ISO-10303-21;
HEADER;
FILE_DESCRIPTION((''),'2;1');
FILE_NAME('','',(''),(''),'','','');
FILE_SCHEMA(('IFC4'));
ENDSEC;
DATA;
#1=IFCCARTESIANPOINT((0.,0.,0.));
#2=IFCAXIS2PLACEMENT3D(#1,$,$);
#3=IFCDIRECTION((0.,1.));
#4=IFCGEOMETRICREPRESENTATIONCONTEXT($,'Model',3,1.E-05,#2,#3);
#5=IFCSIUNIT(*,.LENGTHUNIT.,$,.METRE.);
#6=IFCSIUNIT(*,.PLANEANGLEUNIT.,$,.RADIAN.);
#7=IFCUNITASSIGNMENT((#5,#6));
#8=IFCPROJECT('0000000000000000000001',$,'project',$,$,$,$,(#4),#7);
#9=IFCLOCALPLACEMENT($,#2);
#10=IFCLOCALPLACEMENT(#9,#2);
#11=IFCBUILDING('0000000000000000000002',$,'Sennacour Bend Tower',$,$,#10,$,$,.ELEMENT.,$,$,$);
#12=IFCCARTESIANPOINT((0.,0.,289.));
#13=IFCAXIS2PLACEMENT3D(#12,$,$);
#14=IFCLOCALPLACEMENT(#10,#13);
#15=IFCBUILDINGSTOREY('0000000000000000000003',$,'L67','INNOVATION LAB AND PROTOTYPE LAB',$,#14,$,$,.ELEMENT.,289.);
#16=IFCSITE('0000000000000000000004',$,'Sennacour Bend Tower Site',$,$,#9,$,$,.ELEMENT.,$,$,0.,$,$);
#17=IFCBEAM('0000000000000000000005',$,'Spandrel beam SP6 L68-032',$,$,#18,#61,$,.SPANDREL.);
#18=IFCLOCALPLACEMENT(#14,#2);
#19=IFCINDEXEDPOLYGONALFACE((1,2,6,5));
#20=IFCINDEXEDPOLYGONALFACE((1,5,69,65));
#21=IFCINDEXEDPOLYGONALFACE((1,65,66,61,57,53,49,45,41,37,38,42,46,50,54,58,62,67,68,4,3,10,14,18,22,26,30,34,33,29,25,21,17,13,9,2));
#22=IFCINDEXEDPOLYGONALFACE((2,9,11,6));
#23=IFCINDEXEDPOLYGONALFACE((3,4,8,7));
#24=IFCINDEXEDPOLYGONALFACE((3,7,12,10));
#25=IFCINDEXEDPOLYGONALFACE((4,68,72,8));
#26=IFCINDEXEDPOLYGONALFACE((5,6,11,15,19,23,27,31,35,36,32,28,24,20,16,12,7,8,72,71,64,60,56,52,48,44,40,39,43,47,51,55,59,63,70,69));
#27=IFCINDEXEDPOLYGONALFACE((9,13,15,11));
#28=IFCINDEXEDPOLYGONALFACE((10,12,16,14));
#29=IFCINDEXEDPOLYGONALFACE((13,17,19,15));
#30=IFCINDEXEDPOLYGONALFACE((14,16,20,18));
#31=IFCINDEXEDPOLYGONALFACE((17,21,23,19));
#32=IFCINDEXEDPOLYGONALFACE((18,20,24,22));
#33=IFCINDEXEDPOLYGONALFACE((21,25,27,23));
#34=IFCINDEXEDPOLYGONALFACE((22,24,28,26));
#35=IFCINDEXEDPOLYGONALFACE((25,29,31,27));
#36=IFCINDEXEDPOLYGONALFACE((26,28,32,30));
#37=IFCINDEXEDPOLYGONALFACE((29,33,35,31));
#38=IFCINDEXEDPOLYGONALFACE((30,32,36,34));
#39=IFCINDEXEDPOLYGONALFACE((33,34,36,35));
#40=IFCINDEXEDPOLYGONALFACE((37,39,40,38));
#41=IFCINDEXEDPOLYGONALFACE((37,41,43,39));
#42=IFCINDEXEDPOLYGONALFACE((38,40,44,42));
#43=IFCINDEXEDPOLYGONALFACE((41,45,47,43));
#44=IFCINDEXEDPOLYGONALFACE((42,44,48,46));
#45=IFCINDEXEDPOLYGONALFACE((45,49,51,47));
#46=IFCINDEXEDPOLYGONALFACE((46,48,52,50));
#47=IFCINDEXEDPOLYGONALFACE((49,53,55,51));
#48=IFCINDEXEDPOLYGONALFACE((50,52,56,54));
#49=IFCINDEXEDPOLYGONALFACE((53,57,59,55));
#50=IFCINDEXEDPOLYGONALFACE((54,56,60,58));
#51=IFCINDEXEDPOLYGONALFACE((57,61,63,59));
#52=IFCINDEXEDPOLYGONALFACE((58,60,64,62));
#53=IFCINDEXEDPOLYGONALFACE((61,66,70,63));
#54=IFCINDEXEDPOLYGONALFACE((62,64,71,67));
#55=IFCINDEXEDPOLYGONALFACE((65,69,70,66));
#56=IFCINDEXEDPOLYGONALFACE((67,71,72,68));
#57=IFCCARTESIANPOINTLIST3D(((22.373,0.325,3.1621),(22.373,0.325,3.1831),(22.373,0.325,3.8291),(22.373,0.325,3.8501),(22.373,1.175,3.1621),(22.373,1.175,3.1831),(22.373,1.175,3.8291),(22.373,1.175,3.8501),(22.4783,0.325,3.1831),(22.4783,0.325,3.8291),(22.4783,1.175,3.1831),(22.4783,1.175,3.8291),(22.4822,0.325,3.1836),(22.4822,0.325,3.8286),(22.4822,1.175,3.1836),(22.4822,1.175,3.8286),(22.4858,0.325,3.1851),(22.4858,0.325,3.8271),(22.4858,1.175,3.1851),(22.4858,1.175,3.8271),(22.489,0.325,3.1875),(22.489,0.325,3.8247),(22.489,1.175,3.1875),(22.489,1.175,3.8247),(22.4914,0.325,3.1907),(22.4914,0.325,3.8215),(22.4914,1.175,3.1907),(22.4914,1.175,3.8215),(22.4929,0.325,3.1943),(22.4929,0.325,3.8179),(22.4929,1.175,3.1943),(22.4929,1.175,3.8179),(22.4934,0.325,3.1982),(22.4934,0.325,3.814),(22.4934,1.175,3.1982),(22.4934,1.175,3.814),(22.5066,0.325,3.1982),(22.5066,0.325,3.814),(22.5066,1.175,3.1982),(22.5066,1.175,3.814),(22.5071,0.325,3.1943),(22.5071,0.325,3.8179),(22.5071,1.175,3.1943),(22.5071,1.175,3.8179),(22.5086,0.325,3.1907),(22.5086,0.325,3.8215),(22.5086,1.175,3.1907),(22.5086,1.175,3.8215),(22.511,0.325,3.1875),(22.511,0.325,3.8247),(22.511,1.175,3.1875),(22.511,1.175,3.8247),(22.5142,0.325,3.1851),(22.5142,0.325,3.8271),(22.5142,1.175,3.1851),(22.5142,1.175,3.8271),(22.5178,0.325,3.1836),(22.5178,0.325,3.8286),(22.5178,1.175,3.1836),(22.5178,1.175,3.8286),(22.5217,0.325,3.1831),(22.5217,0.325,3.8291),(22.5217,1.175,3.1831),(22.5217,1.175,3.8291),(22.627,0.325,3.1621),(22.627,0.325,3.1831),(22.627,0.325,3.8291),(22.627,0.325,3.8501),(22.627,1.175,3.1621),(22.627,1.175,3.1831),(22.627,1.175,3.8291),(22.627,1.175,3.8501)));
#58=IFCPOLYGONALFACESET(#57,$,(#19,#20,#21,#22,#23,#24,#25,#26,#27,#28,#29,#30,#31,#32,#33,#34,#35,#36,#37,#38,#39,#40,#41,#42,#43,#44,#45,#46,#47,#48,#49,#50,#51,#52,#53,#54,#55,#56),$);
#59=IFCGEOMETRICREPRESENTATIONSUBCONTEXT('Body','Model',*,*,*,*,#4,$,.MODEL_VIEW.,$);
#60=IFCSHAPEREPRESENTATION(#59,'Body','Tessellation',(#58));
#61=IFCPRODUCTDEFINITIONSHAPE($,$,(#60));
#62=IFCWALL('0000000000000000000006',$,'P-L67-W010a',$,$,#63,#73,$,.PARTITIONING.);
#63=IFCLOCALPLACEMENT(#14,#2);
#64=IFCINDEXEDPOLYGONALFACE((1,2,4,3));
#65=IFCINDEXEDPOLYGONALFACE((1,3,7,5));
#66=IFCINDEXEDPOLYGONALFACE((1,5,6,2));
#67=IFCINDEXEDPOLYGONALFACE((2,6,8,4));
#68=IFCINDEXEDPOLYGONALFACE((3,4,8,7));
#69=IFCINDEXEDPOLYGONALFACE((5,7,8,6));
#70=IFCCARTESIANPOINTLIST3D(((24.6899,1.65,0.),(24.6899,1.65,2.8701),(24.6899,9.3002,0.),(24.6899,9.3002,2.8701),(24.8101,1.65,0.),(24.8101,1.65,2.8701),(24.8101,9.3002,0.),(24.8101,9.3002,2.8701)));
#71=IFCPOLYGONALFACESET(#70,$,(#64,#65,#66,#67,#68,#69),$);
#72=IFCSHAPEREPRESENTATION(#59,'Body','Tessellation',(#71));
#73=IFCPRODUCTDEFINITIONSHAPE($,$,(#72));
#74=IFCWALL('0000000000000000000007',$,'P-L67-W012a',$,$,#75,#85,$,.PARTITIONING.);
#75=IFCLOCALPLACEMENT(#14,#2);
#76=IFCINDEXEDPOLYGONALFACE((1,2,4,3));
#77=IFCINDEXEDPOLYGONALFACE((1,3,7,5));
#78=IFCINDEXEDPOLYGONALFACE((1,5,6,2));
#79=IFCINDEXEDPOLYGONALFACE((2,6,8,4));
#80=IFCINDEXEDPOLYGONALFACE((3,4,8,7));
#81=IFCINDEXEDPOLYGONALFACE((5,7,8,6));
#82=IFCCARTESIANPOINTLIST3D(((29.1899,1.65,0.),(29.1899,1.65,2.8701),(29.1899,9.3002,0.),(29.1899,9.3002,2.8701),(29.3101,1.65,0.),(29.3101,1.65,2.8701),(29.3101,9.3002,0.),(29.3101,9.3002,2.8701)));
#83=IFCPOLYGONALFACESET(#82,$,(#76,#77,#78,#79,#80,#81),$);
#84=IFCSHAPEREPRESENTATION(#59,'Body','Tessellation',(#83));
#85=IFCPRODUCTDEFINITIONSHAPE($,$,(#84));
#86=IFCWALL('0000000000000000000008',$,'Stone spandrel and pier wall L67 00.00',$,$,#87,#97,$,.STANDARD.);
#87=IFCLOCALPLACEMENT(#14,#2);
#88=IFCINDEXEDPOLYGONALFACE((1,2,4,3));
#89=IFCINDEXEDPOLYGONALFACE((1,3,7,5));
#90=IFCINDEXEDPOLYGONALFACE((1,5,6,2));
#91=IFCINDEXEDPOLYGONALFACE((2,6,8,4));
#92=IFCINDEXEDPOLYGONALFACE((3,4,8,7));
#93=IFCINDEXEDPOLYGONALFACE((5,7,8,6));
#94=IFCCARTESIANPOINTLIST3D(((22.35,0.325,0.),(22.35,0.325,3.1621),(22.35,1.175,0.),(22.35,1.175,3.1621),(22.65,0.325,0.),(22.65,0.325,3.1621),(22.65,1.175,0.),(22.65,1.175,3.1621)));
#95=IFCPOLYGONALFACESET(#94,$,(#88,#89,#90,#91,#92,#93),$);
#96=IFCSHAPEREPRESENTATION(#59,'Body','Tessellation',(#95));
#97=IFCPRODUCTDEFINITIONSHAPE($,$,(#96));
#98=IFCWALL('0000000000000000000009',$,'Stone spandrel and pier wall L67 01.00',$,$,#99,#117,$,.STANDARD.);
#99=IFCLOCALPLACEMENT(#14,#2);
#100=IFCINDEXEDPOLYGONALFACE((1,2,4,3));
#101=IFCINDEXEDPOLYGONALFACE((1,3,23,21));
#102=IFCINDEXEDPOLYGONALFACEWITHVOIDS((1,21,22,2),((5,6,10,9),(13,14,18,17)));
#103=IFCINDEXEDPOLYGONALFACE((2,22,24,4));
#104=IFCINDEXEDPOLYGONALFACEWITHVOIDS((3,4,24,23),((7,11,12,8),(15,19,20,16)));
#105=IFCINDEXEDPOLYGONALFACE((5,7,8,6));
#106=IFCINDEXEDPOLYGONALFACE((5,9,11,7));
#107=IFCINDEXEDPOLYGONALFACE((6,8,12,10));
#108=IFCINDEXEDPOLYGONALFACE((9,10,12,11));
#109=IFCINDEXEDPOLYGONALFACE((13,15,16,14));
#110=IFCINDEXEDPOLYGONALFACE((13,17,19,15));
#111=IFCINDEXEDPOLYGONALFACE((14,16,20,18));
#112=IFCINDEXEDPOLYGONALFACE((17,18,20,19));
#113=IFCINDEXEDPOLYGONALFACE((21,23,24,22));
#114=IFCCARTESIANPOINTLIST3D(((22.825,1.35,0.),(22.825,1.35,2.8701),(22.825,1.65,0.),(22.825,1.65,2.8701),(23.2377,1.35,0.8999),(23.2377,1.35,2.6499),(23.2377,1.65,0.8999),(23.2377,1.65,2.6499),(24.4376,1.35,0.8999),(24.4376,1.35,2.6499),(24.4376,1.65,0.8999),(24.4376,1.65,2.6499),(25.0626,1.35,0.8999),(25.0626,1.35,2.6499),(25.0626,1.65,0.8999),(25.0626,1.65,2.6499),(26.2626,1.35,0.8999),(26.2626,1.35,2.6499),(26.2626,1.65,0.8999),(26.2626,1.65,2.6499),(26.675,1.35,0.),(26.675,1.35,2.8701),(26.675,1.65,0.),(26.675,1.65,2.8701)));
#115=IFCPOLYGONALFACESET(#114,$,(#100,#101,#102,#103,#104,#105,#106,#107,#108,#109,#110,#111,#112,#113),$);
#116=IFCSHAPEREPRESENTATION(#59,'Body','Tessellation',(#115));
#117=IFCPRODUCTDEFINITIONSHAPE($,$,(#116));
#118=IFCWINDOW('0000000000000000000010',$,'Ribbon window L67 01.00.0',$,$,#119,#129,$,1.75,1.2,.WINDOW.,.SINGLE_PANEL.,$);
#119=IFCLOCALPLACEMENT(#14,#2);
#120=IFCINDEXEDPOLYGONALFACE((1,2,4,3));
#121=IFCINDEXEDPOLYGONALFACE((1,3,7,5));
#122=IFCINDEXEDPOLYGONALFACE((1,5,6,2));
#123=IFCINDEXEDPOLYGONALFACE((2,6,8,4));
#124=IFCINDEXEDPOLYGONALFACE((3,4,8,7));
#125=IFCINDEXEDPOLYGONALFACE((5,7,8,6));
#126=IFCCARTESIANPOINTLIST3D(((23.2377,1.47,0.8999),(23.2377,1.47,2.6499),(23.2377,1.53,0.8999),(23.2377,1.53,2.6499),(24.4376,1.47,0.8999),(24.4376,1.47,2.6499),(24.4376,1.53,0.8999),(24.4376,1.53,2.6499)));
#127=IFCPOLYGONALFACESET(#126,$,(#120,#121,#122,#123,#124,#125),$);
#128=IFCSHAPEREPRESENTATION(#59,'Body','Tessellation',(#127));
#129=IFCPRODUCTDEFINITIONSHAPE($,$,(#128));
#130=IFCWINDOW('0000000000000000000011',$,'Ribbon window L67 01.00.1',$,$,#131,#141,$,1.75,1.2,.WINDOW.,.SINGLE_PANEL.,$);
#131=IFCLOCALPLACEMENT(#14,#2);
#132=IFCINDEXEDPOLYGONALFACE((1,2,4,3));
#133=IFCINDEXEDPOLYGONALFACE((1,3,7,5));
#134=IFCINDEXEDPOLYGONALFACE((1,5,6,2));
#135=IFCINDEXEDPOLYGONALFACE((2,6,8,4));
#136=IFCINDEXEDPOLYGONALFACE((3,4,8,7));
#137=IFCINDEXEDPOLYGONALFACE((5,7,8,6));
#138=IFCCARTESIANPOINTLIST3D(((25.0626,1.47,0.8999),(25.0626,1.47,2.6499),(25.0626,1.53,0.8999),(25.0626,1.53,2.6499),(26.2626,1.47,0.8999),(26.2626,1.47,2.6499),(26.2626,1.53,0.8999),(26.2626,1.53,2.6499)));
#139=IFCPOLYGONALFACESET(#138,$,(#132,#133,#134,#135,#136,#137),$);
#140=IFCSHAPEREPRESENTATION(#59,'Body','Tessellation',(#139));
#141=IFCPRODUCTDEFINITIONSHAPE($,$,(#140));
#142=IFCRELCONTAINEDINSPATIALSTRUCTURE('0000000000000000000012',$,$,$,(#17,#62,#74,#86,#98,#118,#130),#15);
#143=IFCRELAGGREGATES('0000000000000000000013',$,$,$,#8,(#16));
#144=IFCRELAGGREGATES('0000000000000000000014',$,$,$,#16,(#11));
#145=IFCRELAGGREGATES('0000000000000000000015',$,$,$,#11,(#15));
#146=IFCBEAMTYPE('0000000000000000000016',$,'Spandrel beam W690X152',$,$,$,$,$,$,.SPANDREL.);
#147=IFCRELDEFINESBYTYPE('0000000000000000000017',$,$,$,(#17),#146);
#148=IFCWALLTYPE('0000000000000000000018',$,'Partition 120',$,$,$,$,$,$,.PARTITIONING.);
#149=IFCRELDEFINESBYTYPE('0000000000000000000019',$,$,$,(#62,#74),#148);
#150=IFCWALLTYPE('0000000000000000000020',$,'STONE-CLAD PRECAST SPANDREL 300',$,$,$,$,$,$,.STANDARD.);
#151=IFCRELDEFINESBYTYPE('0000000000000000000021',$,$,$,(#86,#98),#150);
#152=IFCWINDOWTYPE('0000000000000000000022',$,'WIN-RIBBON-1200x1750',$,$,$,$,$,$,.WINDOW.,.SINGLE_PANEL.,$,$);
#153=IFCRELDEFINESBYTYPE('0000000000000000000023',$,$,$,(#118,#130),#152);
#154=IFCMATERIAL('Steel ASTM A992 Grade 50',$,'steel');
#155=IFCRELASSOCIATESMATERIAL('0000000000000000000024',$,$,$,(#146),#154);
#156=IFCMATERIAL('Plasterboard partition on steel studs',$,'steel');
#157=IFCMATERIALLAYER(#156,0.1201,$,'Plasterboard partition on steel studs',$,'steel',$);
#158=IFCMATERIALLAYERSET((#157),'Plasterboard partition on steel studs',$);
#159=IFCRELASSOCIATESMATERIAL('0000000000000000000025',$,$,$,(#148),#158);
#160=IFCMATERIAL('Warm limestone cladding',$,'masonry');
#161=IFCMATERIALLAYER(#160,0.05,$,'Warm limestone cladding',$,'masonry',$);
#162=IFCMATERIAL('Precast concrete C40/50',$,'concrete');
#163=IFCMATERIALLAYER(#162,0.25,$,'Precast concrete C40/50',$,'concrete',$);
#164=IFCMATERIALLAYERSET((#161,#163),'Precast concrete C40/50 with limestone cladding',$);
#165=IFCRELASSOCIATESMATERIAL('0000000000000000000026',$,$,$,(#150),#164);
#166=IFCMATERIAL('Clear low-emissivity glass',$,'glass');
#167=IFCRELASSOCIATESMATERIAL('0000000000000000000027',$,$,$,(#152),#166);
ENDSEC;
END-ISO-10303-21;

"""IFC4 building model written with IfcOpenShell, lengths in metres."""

from ifc_helpers import new_model, si_unit, direction, frame, frame_2d, origin, origin_2d, place, context, subcontext, project, spatial, rectangle, i_section, extrude, material, layer, layer_set, material_profile, profile_set, type_object, element, fill, save


model = new_model("IFC4")

# Units and contexts
model_context = context("Model", 3, precision=1e-05, world=origin(), true_north=direction((0.0, 1.0)))
body_context = subcontext(model_context, "Body", "Model", "MODEL_VIEW")
ifc_project = project(units=[si_unit("LENGTHUNIT", "METRE"), si_unit("PLANEANGLEUNIT", "RADIAN")], contexts=[model_context])

# Site, building, storey
site_placement = place(None, origin())
site = spatial("IfcSite", under=ifc_project, at=site_placement, Name="Sennacour Bend Tower Site", CompositionType="ELEMENT", RefElevation=0.0)
building_placement = place(site_placement, origin())
building = spatial("IfcBuilding", under=site, at=building_placement, Name="Sennacour Bend Tower", CompositionType="ELEMENT")
storey_placement = place(building_placement, frame((0.0, 0.0, 289.0)))
storey = spatial("IfcBuildingStorey", under=building, at=storey_placement, Name="L67", Description="INNOVATION LAB AND PROTOTYPE LAB", CompositionType="ELEMENT", Elevation=289.0)

# Beam
ifc_material_1 = material(Name="Steel ASTM A992 Grade 50", Category="steel")
ifc_material_profile_1 = material_profile(ifc_material_1, i_section(OverallWidth=0.2539, OverallDepth=0.688, WebThickness=0.0132, FlangeThickness=0.021, FilletRadius=0.0151, at=origin_2d()), Name="Steel ASTM A992 Grade 50", Category="steel")
ifc_profile_set_1 = profile_set([ifc_material_profile_1], Name="Steel ASTM A992 Grade 50")
beam_type_1 = type_object("IfcBeamType", Name="Spandrel beam W690X152", PredefinedType="SPANDREL", material=ifc_profile_set_1)
beam_1_placement = place(storey_placement, frame((22.5, 1.175, 3.5061), z_axis=(0.0, -1.0, 0.0), x_axis=(1.0, 0.0, 0.0)))
element("IfcBeam", 1, at=beam_1_placement, inside=storey, type_object=beam_type_1, Name="Spandrel beam SP6 L68-032", PredefinedType="SPANDREL", context=body_context, shape_type="SweptSolid", body=[
    extrude(i_section(OverallWidth=0.2539, OverallDepth=0.688, WebThickness=0.0132, FlangeThickness=0.021, FilletRadius=0.0151, at=origin_2d()), origin(), (0.0, 0.0, 1.0), 0.8501),
])

# Walls
ifc_material_2 = material(Name="Plasterboard partition on steel studs", Category="steel")
ifc_layer_1 = layer(ifc_material_2, 0.1201, Name="Plasterboard partition on steel studs", Category="steel")
ifc_layer_set_1 = layer_set([ifc_layer_1], Name="Plasterboard partition on steel studs")
wall_type_1 = type_object("IfcWallType", Name="Partition 120", PredefinedType="PARTITIONING", material=ifc_layer_set_1)
for number, where, z_axis, x_axis, name in (
    (2, (24.75, 1.6499, 0.0), (0.0, 0.0, 1.0), (0.0, 1.0, 0.0), "P-L67-W010a"),
    (3, (29.25, 1.6499, 0.0), (0.0, 0.0, 1.0), (0.0, 1.0, 0.0), "P-L67-W012a"),
):
    element("IfcWall", number, at=place(storey_placement, frame(where, z_axis=z_axis, x_axis=x_axis)), inside=storey, type_object=wall_type_1, Name=name, PredefinedType="PARTITIONING", context=body_context, shape_type="SweptSolid", body=[
        extrude(rectangle(XDim=7.6501, YDim=0.1201, at=frame_2d((3.8252, 0.0))), origin(), (0.0, 0.0, 1.0), 2.8701),
    ])
ifc_material_3 = material(Name="Warm limestone cladding", Category="masonry")
ifc_layer_2 = layer(ifc_material_3, 0.05, Name="Warm limestone cladding", Category="masonry")
ifc_material_4 = material(Name="Precast concrete C40/50", Category="concrete")
ifc_layer_3 = layer(ifc_material_4, 0.25, Name="Precast concrete C40/50", Category="concrete")
ifc_layer_set_2 = layer_set([ifc_layer_2, ifc_layer_3], Name="Precast concrete C40/50 with limestone cladding")
wall_type_2 = type_object("IfcWallType", Name="STONE-CLAD PRECAST SPANDREL 300", PredefinedType="STANDARD", material=ifc_layer_set_2)
wall_1_placement = place(storey_placement, frame((22.5, 0.325, 0.0), z_axis=(0.0, 0.0, 1.0), x_axis=(0.0, 1.0, 0.0)))
element("IfcWall", 4, at=wall_1_placement, inside=storey, type_object=wall_type_2, Name="Stone spandrel and pier wall L67 00.00", PredefinedType="STANDARD", context=body_context, shape_type="SweptSolid", body=[
    extrude(rectangle(XDim=0.8501, YDim=0.3, at=frame_2d((0.425, 0.0))), origin(), (0.0, 0.0, 1.0), 3.1621),
])

# Wall, openings, windows
wall_2_placement = place(storey_placement, frame((22.825, 1.5, 0.0), z_axis=(0.0, 0.0, 1.0), x_axis=(1.0, 0.0, 0.0)))
wall_2 = element("IfcWall", 5, at=wall_2_placement, inside=storey, type_object=wall_type_2, Name="Stone spandrel and pier wall L67 01.00", PredefinedType="STANDARD", context=body_context, shape_type="SweptSolid", body=[
    extrude(rectangle(XDim=3.8501, YDim=0.3, at=frame_2d((1.925, 0.0))), origin(), (0.0, 0.0, 1.0), 2.8701),
])
opening_1_placement = place(wall_2_placement, frame((0.4126, 0.0, 0.8999)))
opening_1 = element("IfcOpeningElement", 6, at=opening_1_placement, cuts=wall_2, PredefinedType="OPENING", context=body_context, shape_type="SweptSolid", body=[
    extrude(rectangle(XDim=1.2, YDim=1.75, at=frame_2d((0.6001, 0.875))), frame((0.0, 0.1602, 0.0), z_axis=(0.0, -1.0, 0.0), x_axis=(1.0, 0.0, 0.0)), (0.0, 0.0, 1.0), 0.3201),
])
opening_2_placement = place(wall_2_placement, frame((2.2375, 0.0, 0.8999)))
opening_2 = element("IfcOpeningElement", 7, at=opening_2_placement, cuts=wall_2, PredefinedType="OPENING", context=body_context, shape_type="SweptSolid", body=[
    extrude(rectangle(XDim=1.2, YDim=1.75, at=frame_2d((0.6001, 0.875))), frame((0.0, 0.1602, 0.0), z_axis=(0.0, -1.0, 0.0), x_axis=(1.0, 0.0, 0.0)), (0.0, 0.0, 1.0), 0.3201),
])
ifc_material_5 = material(Name="Clear low-emissivity glass", Category="glass")
window_type = type_object("IfcWindowType", Name="WIN-RIBBON-1200x1750", PartitioningType="SINGLE_PANEL", PredefinedType="WINDOW", material=ifc_material_5)
window_1_placement = place(opening_1_placement, origin())
window_1 = element("IfcWindow", 8, at=window_1_placement, inside=storey, type_object=window_type, Name="Ribbon window L67 01.00.0", OverallHeight=1.75, OverallWidth=1.2, PartitioningType="SINGLE_PANEL", PredefinedType="WINDOW", context=body_context, shape_type="SweptSolid", body=[
    extrude(rectangle(XDim=1.2, YDim=1.75, at=frame_2d((0.6001, 0.875))), frame((0.0, 0.03, 0.0), z_axis=(0.0, -1.0, 0.0), x_axis=(1.0, 0.0, 0.0)), (0.0, 0.0, 1.0), 0.0601),
])
fill(opening_1, window_1)
window_2_placement = place(opening_2_placement, origin())
window_2 = element("IfcWindow", 9, at=window_2_placement, inside=storey, type_object=window_type, Name="Ribbon window L67 01.00.1", OverallHeight=1.75, OverallWidth=1.2, PartitioningType="SINGLE_PANEL", PredefinedType="WINDOW", context=body_context, shape_type="SweptSolid", body=[
    extrude(rectangle(XDim=1.2, YDim=1.75, at=frame_2d((0.6001, 0.875))), frame((0.0, 0.03, 0.0), z_axis=(0.0, -1.0, 0.0), x_axis=(1.0, 0.0, 0.0)), (0.0, 0.0, 1.0), 0.0601),
])
fill(opening_2, window_2)

save(model, "model.ifc")
